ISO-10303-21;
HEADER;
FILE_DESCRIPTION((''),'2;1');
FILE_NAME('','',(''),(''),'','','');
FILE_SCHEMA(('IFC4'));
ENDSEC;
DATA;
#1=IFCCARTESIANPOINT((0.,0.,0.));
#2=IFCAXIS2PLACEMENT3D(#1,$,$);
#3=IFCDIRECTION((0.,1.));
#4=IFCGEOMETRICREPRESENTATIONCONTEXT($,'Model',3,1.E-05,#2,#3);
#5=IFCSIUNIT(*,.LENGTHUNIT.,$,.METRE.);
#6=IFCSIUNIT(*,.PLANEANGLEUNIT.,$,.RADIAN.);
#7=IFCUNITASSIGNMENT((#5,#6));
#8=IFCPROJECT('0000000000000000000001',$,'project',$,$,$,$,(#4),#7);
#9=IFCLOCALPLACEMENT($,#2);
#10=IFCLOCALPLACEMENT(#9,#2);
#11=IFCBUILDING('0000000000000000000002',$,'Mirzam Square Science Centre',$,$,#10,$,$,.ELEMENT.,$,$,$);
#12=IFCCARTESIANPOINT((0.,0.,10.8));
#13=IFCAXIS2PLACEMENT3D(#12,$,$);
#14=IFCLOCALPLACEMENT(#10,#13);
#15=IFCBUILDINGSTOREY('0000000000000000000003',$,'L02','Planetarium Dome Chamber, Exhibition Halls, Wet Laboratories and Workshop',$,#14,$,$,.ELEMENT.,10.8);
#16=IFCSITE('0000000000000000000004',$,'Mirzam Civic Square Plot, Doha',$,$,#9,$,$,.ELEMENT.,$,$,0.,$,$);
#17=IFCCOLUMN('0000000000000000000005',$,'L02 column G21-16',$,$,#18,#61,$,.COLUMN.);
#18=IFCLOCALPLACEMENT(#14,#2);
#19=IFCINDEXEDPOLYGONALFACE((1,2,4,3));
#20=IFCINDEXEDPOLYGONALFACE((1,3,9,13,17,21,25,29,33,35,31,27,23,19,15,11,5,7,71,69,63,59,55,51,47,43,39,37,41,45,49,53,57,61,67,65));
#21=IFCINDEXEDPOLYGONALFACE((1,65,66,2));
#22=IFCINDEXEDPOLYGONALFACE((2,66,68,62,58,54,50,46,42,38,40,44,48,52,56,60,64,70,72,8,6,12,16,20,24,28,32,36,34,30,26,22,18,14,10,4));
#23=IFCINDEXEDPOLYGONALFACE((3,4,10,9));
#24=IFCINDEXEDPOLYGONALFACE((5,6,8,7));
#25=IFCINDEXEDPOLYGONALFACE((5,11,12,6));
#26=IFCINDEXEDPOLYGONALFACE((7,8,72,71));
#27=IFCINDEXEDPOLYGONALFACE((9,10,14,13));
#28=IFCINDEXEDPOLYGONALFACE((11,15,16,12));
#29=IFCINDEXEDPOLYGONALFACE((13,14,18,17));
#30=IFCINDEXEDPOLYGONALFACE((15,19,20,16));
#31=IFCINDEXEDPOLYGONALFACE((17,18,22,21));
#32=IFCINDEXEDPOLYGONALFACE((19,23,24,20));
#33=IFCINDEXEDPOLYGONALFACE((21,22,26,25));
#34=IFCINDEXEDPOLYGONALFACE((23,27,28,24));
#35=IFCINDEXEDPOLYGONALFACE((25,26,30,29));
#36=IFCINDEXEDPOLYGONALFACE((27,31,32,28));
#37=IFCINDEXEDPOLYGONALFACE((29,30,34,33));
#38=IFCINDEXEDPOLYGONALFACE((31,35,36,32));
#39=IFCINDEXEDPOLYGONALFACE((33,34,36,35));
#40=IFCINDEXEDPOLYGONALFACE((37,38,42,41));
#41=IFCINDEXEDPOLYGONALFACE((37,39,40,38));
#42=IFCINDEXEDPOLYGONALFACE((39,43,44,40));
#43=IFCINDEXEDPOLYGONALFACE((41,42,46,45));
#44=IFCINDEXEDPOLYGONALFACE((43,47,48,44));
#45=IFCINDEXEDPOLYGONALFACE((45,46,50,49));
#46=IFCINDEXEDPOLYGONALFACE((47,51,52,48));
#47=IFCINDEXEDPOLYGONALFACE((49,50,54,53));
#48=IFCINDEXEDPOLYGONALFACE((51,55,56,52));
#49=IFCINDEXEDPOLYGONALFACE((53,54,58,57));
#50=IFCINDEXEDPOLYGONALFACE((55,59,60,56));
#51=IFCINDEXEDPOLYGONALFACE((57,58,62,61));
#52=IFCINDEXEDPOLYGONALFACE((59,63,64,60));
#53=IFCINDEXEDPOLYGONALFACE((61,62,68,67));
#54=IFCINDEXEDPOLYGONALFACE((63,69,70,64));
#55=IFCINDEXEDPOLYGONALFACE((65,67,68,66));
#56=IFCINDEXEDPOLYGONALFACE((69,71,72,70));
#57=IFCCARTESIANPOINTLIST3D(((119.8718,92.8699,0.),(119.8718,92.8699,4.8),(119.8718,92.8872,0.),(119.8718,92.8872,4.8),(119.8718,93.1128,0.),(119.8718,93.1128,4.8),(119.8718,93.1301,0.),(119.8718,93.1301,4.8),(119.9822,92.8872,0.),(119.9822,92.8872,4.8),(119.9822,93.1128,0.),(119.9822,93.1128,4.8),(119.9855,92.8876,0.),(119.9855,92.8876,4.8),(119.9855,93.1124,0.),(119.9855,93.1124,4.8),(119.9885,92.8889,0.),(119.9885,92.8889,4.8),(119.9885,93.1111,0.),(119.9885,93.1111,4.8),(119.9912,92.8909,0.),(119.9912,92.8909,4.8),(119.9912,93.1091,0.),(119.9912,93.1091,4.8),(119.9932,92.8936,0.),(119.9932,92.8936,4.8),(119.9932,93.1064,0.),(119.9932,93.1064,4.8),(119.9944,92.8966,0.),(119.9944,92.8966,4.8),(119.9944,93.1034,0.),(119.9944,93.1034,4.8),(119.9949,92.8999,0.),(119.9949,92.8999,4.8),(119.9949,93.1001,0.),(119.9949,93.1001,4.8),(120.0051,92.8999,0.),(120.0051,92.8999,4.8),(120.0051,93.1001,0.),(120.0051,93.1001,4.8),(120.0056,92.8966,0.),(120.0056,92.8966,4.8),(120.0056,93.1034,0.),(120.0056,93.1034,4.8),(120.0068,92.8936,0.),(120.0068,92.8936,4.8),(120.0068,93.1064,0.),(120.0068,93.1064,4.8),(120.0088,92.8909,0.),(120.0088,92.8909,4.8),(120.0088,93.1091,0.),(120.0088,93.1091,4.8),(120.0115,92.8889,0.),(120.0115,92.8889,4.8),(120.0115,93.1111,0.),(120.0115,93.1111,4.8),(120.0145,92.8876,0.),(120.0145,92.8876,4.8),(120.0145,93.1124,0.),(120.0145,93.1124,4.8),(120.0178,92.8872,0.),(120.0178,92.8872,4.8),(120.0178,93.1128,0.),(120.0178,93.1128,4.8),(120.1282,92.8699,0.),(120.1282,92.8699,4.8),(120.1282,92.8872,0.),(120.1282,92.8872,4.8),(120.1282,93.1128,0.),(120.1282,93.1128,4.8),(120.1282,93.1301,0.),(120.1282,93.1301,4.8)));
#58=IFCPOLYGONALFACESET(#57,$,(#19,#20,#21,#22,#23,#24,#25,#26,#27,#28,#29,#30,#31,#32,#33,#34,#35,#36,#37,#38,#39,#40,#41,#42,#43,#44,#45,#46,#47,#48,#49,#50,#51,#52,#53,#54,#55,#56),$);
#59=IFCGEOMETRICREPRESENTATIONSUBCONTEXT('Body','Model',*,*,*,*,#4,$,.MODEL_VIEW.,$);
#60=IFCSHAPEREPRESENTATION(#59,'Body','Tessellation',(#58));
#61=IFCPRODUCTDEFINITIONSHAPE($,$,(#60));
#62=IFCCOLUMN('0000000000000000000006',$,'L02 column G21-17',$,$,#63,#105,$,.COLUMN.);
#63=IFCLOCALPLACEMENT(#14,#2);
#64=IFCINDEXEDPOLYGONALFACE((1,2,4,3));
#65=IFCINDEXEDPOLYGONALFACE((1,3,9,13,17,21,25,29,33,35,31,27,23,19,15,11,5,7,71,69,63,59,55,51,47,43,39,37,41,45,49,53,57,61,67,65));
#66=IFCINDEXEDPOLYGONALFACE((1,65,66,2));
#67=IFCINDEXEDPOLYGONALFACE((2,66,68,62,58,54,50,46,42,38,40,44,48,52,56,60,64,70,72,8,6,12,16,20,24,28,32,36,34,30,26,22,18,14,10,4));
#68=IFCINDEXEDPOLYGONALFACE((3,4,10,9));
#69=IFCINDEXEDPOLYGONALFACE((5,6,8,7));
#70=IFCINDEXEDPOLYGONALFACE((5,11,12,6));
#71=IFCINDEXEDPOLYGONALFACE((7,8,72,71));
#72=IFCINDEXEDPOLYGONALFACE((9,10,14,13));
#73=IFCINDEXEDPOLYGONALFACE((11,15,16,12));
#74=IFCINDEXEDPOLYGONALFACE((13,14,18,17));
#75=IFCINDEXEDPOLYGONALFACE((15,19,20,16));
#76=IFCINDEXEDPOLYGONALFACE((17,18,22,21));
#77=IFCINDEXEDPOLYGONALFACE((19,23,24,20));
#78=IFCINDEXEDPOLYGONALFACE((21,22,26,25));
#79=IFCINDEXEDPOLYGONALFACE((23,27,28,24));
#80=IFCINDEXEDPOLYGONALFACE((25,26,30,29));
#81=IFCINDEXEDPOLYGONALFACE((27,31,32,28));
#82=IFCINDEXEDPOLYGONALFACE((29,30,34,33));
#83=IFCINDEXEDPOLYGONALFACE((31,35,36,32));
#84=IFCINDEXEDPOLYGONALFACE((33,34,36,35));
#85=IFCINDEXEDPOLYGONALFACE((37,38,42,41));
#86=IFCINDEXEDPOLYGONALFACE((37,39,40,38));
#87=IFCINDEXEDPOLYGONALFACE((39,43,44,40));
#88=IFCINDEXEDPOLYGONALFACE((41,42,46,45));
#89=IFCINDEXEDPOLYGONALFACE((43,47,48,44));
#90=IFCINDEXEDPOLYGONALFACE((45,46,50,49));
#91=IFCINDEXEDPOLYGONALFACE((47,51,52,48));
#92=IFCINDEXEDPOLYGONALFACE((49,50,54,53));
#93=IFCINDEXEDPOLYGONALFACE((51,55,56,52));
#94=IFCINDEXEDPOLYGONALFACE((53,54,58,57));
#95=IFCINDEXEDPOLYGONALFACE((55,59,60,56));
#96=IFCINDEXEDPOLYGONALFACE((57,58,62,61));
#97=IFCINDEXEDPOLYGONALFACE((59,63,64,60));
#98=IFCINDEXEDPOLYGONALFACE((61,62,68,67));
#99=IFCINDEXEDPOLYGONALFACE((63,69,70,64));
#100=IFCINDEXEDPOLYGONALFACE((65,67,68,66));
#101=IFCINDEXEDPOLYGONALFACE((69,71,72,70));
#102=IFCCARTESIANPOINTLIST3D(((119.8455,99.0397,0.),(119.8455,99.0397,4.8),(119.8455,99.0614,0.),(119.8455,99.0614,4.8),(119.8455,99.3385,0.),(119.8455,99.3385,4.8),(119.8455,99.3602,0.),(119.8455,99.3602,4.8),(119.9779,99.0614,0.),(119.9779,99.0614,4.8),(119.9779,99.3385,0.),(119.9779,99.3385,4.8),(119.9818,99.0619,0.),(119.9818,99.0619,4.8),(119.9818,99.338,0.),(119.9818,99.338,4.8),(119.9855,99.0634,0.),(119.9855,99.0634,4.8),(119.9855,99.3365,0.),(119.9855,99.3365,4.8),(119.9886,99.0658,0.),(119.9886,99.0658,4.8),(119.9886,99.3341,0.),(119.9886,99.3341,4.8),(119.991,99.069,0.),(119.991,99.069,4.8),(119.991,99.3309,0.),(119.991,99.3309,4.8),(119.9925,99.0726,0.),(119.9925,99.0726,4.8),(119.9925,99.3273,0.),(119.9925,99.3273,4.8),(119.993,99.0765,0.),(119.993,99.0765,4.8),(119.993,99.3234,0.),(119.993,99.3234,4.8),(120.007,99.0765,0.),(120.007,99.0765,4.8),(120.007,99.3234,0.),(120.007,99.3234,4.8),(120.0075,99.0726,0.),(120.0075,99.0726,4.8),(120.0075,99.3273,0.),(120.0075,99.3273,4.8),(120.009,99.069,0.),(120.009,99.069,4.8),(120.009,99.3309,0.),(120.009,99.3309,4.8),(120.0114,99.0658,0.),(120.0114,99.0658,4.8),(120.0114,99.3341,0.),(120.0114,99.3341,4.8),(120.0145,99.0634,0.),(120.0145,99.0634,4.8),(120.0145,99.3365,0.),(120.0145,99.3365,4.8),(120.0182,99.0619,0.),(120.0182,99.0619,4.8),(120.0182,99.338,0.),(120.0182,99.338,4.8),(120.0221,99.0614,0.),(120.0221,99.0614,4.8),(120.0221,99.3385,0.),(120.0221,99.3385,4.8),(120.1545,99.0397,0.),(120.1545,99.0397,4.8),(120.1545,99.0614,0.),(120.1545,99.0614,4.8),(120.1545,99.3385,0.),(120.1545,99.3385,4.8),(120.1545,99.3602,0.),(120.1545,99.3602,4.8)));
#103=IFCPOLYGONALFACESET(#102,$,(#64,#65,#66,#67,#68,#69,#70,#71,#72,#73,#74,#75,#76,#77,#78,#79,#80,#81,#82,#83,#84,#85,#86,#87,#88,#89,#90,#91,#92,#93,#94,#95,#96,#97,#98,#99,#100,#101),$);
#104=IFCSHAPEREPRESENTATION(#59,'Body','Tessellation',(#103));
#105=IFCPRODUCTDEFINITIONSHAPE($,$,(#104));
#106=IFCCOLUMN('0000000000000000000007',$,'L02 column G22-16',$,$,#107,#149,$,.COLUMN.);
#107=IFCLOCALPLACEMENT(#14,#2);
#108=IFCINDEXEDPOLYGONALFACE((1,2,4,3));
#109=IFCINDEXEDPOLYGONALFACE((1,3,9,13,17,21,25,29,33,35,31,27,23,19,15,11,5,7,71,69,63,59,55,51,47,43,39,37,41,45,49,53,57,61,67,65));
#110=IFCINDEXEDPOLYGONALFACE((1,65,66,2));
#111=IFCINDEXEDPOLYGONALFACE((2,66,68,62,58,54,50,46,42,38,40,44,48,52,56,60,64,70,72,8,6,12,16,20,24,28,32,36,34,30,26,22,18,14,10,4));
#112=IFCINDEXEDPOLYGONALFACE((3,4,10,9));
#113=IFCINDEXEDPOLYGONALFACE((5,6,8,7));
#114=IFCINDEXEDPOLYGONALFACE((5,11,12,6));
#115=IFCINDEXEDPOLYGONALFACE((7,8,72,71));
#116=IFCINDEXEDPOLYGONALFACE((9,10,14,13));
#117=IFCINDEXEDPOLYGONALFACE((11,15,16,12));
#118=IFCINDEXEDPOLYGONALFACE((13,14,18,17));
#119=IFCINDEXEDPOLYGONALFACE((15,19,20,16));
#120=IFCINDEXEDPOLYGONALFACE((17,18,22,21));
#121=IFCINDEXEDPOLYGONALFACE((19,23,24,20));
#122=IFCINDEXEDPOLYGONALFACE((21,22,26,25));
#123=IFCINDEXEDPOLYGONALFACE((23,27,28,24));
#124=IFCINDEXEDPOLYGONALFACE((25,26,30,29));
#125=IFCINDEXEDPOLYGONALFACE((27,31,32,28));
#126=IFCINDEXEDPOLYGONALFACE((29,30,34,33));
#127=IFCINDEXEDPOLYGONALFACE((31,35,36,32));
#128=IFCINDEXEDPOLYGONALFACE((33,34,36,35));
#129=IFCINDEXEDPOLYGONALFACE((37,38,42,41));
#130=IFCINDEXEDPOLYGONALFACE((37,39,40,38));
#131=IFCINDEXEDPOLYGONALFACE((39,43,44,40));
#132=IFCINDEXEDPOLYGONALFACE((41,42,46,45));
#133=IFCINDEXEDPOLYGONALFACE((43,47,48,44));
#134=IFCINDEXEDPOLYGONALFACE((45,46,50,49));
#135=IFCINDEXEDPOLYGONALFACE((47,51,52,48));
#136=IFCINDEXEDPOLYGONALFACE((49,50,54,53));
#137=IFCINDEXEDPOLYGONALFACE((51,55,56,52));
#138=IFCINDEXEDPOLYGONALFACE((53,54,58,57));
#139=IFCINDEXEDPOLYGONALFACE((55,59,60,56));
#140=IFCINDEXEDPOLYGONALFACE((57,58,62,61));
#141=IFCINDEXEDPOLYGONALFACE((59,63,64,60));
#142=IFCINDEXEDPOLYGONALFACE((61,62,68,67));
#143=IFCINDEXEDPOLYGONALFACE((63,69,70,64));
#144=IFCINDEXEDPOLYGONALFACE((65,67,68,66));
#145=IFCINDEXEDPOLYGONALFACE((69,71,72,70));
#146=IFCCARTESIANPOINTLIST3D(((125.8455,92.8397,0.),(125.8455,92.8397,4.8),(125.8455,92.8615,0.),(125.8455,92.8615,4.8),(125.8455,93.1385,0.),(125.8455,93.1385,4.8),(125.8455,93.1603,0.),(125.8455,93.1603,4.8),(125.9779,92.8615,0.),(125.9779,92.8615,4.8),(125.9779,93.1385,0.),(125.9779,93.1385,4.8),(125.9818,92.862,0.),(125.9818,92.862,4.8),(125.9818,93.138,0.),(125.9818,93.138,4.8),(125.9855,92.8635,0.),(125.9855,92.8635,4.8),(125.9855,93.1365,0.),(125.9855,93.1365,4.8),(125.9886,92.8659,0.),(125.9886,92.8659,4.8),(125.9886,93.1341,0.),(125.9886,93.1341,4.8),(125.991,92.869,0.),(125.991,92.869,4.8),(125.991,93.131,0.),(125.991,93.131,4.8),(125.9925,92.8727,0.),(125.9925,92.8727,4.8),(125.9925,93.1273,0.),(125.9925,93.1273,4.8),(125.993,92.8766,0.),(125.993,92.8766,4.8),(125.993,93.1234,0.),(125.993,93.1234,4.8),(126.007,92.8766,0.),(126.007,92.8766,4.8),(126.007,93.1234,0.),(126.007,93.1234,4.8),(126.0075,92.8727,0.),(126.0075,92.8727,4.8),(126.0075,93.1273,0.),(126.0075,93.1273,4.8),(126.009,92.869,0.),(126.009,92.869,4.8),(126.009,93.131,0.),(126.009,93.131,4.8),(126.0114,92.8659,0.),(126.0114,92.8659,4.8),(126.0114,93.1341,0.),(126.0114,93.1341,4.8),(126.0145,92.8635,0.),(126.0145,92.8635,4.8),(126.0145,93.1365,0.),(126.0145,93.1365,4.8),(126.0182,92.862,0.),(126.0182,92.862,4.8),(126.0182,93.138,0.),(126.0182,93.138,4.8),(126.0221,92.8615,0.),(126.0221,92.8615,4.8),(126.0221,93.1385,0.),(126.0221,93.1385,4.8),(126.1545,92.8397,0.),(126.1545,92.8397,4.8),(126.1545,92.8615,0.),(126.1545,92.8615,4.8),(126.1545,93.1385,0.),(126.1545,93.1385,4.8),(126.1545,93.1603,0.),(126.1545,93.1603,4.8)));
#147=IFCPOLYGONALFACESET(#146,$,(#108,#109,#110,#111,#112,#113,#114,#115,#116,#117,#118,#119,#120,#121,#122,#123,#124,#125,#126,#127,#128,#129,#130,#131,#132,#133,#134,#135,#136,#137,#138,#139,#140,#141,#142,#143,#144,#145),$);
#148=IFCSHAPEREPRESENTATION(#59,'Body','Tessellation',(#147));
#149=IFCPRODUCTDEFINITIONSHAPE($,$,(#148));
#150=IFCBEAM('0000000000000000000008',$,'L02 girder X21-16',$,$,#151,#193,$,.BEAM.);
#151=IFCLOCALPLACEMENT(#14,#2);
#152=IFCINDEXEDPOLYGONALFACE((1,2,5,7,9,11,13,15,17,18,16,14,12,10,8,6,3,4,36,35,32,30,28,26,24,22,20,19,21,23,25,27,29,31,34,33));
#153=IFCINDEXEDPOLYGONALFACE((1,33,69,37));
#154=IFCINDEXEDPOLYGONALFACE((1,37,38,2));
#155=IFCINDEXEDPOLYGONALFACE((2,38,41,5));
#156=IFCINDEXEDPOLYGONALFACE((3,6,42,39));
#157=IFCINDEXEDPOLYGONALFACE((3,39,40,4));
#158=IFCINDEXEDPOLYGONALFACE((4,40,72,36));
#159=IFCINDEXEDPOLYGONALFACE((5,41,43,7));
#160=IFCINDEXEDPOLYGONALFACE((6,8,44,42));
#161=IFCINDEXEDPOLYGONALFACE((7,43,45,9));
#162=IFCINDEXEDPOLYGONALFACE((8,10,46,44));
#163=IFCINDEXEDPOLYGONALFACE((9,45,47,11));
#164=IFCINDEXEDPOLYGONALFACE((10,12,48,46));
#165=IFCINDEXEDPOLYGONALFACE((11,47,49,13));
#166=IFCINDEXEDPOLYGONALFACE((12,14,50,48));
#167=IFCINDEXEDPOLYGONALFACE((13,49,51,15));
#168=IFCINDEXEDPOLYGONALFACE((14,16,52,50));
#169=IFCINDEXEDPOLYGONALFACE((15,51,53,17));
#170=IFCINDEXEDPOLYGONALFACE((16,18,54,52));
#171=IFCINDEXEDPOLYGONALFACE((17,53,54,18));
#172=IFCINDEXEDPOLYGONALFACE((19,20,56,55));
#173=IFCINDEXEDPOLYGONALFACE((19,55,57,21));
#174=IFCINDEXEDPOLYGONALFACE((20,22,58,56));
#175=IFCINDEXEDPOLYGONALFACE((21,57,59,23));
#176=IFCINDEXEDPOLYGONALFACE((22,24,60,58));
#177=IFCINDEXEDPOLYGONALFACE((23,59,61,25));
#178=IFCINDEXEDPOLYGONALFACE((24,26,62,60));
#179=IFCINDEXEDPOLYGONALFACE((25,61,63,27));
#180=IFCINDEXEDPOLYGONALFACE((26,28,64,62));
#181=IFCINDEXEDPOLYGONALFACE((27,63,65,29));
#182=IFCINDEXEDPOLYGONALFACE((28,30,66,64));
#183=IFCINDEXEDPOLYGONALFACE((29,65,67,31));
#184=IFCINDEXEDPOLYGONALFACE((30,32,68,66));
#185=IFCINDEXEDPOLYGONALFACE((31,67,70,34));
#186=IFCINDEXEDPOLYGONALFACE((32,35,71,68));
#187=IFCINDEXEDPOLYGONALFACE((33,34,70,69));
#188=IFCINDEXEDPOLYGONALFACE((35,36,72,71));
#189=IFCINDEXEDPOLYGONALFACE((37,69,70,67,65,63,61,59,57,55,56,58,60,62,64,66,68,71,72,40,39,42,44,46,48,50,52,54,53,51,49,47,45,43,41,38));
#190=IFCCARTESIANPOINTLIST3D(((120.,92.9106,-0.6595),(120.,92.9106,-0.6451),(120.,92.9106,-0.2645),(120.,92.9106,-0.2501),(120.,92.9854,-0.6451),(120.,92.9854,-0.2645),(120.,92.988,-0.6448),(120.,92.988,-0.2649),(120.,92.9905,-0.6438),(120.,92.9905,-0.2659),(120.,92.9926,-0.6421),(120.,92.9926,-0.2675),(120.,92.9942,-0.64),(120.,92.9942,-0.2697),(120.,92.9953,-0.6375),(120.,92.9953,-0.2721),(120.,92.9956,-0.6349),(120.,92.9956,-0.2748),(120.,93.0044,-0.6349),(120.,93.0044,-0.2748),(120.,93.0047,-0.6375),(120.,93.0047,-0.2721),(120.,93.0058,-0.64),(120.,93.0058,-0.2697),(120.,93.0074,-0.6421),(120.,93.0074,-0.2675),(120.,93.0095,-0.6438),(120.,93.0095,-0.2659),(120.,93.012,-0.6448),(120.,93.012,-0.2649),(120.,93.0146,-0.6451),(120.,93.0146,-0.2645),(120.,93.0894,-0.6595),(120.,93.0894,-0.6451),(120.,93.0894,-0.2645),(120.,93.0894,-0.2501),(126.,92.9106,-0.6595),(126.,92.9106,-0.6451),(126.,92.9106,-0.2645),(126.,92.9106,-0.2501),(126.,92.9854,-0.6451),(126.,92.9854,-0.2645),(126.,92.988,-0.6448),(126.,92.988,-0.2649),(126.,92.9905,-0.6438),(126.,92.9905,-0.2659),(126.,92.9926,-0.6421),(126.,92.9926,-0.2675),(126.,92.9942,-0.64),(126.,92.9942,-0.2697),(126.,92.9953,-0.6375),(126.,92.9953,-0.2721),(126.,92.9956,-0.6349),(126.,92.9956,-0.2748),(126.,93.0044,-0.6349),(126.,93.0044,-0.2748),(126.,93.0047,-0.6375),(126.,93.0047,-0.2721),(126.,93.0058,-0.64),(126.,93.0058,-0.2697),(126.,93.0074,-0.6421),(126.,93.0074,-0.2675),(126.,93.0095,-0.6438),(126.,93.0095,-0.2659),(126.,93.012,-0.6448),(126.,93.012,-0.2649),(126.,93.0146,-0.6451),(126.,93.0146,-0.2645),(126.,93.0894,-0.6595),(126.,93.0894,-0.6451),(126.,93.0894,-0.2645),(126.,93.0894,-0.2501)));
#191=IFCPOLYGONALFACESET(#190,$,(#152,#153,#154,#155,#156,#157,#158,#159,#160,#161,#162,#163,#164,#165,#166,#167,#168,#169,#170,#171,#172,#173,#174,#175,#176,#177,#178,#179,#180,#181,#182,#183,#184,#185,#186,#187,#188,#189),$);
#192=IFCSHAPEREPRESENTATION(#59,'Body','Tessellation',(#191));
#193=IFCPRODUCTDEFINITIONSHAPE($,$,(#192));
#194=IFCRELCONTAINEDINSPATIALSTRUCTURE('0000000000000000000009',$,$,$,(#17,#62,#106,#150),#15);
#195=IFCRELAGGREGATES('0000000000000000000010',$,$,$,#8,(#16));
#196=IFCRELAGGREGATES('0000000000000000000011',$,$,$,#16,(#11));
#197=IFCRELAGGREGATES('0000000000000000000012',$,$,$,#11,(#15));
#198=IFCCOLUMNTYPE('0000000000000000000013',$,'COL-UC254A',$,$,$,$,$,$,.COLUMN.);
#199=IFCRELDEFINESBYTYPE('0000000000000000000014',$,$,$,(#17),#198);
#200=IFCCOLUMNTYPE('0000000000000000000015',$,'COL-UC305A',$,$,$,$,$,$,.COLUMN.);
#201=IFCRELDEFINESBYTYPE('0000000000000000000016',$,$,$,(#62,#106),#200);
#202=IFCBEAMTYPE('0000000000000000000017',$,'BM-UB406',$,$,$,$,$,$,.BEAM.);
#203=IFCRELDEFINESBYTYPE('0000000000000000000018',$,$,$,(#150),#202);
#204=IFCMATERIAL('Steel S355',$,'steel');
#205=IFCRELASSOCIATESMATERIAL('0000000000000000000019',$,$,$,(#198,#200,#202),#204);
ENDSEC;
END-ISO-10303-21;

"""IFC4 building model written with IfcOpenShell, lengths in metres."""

from ifc_helpers import new_model, si_unit, direction, frame, origin, origin_2d, place, context, subcontext, project, spatial, i_section, extrude, material, material_profile, profile_set, type_object, element, save


model = new_model("IFC4")

# Units and contexts
model_context = context("Model", 3, precision=1e-05, world=origin(), true_north=direction((0.0, 1.0)))
body_context = subcontext(model_context, "Body", "Model", "MODEL_VIEW")
ifc_project = project(units=[si_unit("LENGTHUNIT", "METRE"), si_unit("PLANEANGLEUNIT", "RADIAN")], contexts=[model_context])

# Site, building, storey
site_placement = place(None, origin())
site = spatial("IfcSite", under=ifc_project, at=site_placement, Name="Mirzam Civic Square Plot, Doha", CompositionType="ELEMENT", RefElevation=0.0)
building_placement = place(site_placement, origin())
building = spatial("IfcBuilding", under=site, at=building_placement, Name="Mirzam Square Science Centre", CompositionType="ELEMENT")
storey_placement = place(building_placement, frame((0.0, 0.0, 10.8)))
storey = spatial("IfcBuildingStorey", under=building, at=storey_placement, Name="L02", Description="Planetarium Dome Chamber, Exhibition Halls, Wet Laboratories and Workshop", CompositionType="ELEMENT", Elevation=10.8)

# Columns
ifc_material_1 = material(Name="Steel S355", Category="steel")
ifc_material_profile_1 = material_profile(ifc_material_1, i_section(OverallWidth=0.2563, OverallDepth=0.2603, WebThickness=0.0103, FlangeThickness=0.0173, FilletRadius=0.0127, at=origin_2d()), Name="254x254x89UC")
ifc_profile_set_1 = profile_set([ifc_material_profile_1], Name="Steel S355")
column_type_1 = type_object("IfcColumnType", Name="COL-UC254A", PredefinedType="COLUMN", material=ifc_profile_set_1)
column_placement = place(storey_placement, frame((120.0, 93.0, 0.0), z_axis=(0.0, 0.0, 1.0), x_axis=(1.0, 0.0, 0.0)))
element("IfcColumn", 1, at=column_placement, inside=storey, type_object=column_type_1, Name="L02 column G21-16", PredefinedType="COLUMN", context=body_context, shape_type="SweptSolid", body=[
    extrude(i_section(OverallWidth=0.2563, OverallDepth=0.2603, WebThickness=0.0103, FlangeThickness=0.0173, FilletRadius=0.0127, at=origin_2d()), origin(), (0.0, 0.0, 1.0), 4.8),
])
ifc_material_profile_2 = material_profile(ifc_material_1, i_section(OverallWidth=0.3091, OverallDepth=0.3206, WebThickness=0.0139, FlangeThickness=0.0217, FilletRadius=0.0151, at=origin_2d()), Name="305x305x137UC")
ifc_profile_set_2 = profile_set([ifc_material_profile_2], Name="Steel S355")
column_type_2 = type_object("IfcColumnType", Name="COL-UC305A", PredefinedType="COLUMN", material=ifc_profile_set_2)
for number, where, z_axis, x_axis, name in (
    (2, (120.0, 99.2, 0.0), (0.0, 0.0, 1.0), (1.0, 0.0, 0.0), "L02 column G21-17"),
    (3, (126.0, 93.0, 0.0), (0.0, 0.0, 1.0), (1.0, 0.0, 0.0), "L02 column G22-16"),
):
    element("IfcColumn", number, at=place(storey_placement, frame(where, z_axis=z_axis, x_axis=x_axis)), inside=storey, type_object=column_type_2, Name=name, PredefinedType="COLUMN", context=body_context, shape_type="SweptSolid", body=[
        extrude(i_section(OverallWidth=0.3091, OverallDepth=0.3206, WebThickness=0.0139, FlangeThickness=0.0217, FilletRadius=0.0151, at=origin_2d()), origin(), (0.0, 0.0, 1.0), 4.8),
    ])

# Beam
ifc_material_profile_3 = material_profile(ifc_material_1, i_section(OverallWidth=0.1787, OverallDepth=0.4094, WebThickness=0.0088, FlangeThickness=0.0144, FilletRadius=0.0103, at=origin_2d()), Name="406x178x67UB")
ifc_profile_set_3 = profile_set([ifc_material_profile_3], Name="Steel S355")
beam_type_1 = type_object("IfcBeamType", Name="BM-UB406", PredefinedType="BEAM", material=ifc_profile_set_3)
beam_1_placement = place(storey_placement, frame((120.0, 93.0, -0.4548), z_axis=(1.0, 0.0, 0.0), x_axis=(0.0, 1.0, 0.0)))
element("IfcBeam", 4, at=beam_1_placement, inside=storey, type_object=beam_type_1, Name="L02 girder X21-16", PredefinedType="BEAM", context=body_context, shape_type="SweptSolid", body=[
    extrude(i_section(OverallWidth=0.1787, OverallDepth=0.4094, WebThickness=0.0088, FlangeThickness=0.0144, FilletRadius=0.0103, at=origin_2d()), origin(), (0.0, 0.0, 1.0), 6.0),
])

save(model, "model.ifc")
